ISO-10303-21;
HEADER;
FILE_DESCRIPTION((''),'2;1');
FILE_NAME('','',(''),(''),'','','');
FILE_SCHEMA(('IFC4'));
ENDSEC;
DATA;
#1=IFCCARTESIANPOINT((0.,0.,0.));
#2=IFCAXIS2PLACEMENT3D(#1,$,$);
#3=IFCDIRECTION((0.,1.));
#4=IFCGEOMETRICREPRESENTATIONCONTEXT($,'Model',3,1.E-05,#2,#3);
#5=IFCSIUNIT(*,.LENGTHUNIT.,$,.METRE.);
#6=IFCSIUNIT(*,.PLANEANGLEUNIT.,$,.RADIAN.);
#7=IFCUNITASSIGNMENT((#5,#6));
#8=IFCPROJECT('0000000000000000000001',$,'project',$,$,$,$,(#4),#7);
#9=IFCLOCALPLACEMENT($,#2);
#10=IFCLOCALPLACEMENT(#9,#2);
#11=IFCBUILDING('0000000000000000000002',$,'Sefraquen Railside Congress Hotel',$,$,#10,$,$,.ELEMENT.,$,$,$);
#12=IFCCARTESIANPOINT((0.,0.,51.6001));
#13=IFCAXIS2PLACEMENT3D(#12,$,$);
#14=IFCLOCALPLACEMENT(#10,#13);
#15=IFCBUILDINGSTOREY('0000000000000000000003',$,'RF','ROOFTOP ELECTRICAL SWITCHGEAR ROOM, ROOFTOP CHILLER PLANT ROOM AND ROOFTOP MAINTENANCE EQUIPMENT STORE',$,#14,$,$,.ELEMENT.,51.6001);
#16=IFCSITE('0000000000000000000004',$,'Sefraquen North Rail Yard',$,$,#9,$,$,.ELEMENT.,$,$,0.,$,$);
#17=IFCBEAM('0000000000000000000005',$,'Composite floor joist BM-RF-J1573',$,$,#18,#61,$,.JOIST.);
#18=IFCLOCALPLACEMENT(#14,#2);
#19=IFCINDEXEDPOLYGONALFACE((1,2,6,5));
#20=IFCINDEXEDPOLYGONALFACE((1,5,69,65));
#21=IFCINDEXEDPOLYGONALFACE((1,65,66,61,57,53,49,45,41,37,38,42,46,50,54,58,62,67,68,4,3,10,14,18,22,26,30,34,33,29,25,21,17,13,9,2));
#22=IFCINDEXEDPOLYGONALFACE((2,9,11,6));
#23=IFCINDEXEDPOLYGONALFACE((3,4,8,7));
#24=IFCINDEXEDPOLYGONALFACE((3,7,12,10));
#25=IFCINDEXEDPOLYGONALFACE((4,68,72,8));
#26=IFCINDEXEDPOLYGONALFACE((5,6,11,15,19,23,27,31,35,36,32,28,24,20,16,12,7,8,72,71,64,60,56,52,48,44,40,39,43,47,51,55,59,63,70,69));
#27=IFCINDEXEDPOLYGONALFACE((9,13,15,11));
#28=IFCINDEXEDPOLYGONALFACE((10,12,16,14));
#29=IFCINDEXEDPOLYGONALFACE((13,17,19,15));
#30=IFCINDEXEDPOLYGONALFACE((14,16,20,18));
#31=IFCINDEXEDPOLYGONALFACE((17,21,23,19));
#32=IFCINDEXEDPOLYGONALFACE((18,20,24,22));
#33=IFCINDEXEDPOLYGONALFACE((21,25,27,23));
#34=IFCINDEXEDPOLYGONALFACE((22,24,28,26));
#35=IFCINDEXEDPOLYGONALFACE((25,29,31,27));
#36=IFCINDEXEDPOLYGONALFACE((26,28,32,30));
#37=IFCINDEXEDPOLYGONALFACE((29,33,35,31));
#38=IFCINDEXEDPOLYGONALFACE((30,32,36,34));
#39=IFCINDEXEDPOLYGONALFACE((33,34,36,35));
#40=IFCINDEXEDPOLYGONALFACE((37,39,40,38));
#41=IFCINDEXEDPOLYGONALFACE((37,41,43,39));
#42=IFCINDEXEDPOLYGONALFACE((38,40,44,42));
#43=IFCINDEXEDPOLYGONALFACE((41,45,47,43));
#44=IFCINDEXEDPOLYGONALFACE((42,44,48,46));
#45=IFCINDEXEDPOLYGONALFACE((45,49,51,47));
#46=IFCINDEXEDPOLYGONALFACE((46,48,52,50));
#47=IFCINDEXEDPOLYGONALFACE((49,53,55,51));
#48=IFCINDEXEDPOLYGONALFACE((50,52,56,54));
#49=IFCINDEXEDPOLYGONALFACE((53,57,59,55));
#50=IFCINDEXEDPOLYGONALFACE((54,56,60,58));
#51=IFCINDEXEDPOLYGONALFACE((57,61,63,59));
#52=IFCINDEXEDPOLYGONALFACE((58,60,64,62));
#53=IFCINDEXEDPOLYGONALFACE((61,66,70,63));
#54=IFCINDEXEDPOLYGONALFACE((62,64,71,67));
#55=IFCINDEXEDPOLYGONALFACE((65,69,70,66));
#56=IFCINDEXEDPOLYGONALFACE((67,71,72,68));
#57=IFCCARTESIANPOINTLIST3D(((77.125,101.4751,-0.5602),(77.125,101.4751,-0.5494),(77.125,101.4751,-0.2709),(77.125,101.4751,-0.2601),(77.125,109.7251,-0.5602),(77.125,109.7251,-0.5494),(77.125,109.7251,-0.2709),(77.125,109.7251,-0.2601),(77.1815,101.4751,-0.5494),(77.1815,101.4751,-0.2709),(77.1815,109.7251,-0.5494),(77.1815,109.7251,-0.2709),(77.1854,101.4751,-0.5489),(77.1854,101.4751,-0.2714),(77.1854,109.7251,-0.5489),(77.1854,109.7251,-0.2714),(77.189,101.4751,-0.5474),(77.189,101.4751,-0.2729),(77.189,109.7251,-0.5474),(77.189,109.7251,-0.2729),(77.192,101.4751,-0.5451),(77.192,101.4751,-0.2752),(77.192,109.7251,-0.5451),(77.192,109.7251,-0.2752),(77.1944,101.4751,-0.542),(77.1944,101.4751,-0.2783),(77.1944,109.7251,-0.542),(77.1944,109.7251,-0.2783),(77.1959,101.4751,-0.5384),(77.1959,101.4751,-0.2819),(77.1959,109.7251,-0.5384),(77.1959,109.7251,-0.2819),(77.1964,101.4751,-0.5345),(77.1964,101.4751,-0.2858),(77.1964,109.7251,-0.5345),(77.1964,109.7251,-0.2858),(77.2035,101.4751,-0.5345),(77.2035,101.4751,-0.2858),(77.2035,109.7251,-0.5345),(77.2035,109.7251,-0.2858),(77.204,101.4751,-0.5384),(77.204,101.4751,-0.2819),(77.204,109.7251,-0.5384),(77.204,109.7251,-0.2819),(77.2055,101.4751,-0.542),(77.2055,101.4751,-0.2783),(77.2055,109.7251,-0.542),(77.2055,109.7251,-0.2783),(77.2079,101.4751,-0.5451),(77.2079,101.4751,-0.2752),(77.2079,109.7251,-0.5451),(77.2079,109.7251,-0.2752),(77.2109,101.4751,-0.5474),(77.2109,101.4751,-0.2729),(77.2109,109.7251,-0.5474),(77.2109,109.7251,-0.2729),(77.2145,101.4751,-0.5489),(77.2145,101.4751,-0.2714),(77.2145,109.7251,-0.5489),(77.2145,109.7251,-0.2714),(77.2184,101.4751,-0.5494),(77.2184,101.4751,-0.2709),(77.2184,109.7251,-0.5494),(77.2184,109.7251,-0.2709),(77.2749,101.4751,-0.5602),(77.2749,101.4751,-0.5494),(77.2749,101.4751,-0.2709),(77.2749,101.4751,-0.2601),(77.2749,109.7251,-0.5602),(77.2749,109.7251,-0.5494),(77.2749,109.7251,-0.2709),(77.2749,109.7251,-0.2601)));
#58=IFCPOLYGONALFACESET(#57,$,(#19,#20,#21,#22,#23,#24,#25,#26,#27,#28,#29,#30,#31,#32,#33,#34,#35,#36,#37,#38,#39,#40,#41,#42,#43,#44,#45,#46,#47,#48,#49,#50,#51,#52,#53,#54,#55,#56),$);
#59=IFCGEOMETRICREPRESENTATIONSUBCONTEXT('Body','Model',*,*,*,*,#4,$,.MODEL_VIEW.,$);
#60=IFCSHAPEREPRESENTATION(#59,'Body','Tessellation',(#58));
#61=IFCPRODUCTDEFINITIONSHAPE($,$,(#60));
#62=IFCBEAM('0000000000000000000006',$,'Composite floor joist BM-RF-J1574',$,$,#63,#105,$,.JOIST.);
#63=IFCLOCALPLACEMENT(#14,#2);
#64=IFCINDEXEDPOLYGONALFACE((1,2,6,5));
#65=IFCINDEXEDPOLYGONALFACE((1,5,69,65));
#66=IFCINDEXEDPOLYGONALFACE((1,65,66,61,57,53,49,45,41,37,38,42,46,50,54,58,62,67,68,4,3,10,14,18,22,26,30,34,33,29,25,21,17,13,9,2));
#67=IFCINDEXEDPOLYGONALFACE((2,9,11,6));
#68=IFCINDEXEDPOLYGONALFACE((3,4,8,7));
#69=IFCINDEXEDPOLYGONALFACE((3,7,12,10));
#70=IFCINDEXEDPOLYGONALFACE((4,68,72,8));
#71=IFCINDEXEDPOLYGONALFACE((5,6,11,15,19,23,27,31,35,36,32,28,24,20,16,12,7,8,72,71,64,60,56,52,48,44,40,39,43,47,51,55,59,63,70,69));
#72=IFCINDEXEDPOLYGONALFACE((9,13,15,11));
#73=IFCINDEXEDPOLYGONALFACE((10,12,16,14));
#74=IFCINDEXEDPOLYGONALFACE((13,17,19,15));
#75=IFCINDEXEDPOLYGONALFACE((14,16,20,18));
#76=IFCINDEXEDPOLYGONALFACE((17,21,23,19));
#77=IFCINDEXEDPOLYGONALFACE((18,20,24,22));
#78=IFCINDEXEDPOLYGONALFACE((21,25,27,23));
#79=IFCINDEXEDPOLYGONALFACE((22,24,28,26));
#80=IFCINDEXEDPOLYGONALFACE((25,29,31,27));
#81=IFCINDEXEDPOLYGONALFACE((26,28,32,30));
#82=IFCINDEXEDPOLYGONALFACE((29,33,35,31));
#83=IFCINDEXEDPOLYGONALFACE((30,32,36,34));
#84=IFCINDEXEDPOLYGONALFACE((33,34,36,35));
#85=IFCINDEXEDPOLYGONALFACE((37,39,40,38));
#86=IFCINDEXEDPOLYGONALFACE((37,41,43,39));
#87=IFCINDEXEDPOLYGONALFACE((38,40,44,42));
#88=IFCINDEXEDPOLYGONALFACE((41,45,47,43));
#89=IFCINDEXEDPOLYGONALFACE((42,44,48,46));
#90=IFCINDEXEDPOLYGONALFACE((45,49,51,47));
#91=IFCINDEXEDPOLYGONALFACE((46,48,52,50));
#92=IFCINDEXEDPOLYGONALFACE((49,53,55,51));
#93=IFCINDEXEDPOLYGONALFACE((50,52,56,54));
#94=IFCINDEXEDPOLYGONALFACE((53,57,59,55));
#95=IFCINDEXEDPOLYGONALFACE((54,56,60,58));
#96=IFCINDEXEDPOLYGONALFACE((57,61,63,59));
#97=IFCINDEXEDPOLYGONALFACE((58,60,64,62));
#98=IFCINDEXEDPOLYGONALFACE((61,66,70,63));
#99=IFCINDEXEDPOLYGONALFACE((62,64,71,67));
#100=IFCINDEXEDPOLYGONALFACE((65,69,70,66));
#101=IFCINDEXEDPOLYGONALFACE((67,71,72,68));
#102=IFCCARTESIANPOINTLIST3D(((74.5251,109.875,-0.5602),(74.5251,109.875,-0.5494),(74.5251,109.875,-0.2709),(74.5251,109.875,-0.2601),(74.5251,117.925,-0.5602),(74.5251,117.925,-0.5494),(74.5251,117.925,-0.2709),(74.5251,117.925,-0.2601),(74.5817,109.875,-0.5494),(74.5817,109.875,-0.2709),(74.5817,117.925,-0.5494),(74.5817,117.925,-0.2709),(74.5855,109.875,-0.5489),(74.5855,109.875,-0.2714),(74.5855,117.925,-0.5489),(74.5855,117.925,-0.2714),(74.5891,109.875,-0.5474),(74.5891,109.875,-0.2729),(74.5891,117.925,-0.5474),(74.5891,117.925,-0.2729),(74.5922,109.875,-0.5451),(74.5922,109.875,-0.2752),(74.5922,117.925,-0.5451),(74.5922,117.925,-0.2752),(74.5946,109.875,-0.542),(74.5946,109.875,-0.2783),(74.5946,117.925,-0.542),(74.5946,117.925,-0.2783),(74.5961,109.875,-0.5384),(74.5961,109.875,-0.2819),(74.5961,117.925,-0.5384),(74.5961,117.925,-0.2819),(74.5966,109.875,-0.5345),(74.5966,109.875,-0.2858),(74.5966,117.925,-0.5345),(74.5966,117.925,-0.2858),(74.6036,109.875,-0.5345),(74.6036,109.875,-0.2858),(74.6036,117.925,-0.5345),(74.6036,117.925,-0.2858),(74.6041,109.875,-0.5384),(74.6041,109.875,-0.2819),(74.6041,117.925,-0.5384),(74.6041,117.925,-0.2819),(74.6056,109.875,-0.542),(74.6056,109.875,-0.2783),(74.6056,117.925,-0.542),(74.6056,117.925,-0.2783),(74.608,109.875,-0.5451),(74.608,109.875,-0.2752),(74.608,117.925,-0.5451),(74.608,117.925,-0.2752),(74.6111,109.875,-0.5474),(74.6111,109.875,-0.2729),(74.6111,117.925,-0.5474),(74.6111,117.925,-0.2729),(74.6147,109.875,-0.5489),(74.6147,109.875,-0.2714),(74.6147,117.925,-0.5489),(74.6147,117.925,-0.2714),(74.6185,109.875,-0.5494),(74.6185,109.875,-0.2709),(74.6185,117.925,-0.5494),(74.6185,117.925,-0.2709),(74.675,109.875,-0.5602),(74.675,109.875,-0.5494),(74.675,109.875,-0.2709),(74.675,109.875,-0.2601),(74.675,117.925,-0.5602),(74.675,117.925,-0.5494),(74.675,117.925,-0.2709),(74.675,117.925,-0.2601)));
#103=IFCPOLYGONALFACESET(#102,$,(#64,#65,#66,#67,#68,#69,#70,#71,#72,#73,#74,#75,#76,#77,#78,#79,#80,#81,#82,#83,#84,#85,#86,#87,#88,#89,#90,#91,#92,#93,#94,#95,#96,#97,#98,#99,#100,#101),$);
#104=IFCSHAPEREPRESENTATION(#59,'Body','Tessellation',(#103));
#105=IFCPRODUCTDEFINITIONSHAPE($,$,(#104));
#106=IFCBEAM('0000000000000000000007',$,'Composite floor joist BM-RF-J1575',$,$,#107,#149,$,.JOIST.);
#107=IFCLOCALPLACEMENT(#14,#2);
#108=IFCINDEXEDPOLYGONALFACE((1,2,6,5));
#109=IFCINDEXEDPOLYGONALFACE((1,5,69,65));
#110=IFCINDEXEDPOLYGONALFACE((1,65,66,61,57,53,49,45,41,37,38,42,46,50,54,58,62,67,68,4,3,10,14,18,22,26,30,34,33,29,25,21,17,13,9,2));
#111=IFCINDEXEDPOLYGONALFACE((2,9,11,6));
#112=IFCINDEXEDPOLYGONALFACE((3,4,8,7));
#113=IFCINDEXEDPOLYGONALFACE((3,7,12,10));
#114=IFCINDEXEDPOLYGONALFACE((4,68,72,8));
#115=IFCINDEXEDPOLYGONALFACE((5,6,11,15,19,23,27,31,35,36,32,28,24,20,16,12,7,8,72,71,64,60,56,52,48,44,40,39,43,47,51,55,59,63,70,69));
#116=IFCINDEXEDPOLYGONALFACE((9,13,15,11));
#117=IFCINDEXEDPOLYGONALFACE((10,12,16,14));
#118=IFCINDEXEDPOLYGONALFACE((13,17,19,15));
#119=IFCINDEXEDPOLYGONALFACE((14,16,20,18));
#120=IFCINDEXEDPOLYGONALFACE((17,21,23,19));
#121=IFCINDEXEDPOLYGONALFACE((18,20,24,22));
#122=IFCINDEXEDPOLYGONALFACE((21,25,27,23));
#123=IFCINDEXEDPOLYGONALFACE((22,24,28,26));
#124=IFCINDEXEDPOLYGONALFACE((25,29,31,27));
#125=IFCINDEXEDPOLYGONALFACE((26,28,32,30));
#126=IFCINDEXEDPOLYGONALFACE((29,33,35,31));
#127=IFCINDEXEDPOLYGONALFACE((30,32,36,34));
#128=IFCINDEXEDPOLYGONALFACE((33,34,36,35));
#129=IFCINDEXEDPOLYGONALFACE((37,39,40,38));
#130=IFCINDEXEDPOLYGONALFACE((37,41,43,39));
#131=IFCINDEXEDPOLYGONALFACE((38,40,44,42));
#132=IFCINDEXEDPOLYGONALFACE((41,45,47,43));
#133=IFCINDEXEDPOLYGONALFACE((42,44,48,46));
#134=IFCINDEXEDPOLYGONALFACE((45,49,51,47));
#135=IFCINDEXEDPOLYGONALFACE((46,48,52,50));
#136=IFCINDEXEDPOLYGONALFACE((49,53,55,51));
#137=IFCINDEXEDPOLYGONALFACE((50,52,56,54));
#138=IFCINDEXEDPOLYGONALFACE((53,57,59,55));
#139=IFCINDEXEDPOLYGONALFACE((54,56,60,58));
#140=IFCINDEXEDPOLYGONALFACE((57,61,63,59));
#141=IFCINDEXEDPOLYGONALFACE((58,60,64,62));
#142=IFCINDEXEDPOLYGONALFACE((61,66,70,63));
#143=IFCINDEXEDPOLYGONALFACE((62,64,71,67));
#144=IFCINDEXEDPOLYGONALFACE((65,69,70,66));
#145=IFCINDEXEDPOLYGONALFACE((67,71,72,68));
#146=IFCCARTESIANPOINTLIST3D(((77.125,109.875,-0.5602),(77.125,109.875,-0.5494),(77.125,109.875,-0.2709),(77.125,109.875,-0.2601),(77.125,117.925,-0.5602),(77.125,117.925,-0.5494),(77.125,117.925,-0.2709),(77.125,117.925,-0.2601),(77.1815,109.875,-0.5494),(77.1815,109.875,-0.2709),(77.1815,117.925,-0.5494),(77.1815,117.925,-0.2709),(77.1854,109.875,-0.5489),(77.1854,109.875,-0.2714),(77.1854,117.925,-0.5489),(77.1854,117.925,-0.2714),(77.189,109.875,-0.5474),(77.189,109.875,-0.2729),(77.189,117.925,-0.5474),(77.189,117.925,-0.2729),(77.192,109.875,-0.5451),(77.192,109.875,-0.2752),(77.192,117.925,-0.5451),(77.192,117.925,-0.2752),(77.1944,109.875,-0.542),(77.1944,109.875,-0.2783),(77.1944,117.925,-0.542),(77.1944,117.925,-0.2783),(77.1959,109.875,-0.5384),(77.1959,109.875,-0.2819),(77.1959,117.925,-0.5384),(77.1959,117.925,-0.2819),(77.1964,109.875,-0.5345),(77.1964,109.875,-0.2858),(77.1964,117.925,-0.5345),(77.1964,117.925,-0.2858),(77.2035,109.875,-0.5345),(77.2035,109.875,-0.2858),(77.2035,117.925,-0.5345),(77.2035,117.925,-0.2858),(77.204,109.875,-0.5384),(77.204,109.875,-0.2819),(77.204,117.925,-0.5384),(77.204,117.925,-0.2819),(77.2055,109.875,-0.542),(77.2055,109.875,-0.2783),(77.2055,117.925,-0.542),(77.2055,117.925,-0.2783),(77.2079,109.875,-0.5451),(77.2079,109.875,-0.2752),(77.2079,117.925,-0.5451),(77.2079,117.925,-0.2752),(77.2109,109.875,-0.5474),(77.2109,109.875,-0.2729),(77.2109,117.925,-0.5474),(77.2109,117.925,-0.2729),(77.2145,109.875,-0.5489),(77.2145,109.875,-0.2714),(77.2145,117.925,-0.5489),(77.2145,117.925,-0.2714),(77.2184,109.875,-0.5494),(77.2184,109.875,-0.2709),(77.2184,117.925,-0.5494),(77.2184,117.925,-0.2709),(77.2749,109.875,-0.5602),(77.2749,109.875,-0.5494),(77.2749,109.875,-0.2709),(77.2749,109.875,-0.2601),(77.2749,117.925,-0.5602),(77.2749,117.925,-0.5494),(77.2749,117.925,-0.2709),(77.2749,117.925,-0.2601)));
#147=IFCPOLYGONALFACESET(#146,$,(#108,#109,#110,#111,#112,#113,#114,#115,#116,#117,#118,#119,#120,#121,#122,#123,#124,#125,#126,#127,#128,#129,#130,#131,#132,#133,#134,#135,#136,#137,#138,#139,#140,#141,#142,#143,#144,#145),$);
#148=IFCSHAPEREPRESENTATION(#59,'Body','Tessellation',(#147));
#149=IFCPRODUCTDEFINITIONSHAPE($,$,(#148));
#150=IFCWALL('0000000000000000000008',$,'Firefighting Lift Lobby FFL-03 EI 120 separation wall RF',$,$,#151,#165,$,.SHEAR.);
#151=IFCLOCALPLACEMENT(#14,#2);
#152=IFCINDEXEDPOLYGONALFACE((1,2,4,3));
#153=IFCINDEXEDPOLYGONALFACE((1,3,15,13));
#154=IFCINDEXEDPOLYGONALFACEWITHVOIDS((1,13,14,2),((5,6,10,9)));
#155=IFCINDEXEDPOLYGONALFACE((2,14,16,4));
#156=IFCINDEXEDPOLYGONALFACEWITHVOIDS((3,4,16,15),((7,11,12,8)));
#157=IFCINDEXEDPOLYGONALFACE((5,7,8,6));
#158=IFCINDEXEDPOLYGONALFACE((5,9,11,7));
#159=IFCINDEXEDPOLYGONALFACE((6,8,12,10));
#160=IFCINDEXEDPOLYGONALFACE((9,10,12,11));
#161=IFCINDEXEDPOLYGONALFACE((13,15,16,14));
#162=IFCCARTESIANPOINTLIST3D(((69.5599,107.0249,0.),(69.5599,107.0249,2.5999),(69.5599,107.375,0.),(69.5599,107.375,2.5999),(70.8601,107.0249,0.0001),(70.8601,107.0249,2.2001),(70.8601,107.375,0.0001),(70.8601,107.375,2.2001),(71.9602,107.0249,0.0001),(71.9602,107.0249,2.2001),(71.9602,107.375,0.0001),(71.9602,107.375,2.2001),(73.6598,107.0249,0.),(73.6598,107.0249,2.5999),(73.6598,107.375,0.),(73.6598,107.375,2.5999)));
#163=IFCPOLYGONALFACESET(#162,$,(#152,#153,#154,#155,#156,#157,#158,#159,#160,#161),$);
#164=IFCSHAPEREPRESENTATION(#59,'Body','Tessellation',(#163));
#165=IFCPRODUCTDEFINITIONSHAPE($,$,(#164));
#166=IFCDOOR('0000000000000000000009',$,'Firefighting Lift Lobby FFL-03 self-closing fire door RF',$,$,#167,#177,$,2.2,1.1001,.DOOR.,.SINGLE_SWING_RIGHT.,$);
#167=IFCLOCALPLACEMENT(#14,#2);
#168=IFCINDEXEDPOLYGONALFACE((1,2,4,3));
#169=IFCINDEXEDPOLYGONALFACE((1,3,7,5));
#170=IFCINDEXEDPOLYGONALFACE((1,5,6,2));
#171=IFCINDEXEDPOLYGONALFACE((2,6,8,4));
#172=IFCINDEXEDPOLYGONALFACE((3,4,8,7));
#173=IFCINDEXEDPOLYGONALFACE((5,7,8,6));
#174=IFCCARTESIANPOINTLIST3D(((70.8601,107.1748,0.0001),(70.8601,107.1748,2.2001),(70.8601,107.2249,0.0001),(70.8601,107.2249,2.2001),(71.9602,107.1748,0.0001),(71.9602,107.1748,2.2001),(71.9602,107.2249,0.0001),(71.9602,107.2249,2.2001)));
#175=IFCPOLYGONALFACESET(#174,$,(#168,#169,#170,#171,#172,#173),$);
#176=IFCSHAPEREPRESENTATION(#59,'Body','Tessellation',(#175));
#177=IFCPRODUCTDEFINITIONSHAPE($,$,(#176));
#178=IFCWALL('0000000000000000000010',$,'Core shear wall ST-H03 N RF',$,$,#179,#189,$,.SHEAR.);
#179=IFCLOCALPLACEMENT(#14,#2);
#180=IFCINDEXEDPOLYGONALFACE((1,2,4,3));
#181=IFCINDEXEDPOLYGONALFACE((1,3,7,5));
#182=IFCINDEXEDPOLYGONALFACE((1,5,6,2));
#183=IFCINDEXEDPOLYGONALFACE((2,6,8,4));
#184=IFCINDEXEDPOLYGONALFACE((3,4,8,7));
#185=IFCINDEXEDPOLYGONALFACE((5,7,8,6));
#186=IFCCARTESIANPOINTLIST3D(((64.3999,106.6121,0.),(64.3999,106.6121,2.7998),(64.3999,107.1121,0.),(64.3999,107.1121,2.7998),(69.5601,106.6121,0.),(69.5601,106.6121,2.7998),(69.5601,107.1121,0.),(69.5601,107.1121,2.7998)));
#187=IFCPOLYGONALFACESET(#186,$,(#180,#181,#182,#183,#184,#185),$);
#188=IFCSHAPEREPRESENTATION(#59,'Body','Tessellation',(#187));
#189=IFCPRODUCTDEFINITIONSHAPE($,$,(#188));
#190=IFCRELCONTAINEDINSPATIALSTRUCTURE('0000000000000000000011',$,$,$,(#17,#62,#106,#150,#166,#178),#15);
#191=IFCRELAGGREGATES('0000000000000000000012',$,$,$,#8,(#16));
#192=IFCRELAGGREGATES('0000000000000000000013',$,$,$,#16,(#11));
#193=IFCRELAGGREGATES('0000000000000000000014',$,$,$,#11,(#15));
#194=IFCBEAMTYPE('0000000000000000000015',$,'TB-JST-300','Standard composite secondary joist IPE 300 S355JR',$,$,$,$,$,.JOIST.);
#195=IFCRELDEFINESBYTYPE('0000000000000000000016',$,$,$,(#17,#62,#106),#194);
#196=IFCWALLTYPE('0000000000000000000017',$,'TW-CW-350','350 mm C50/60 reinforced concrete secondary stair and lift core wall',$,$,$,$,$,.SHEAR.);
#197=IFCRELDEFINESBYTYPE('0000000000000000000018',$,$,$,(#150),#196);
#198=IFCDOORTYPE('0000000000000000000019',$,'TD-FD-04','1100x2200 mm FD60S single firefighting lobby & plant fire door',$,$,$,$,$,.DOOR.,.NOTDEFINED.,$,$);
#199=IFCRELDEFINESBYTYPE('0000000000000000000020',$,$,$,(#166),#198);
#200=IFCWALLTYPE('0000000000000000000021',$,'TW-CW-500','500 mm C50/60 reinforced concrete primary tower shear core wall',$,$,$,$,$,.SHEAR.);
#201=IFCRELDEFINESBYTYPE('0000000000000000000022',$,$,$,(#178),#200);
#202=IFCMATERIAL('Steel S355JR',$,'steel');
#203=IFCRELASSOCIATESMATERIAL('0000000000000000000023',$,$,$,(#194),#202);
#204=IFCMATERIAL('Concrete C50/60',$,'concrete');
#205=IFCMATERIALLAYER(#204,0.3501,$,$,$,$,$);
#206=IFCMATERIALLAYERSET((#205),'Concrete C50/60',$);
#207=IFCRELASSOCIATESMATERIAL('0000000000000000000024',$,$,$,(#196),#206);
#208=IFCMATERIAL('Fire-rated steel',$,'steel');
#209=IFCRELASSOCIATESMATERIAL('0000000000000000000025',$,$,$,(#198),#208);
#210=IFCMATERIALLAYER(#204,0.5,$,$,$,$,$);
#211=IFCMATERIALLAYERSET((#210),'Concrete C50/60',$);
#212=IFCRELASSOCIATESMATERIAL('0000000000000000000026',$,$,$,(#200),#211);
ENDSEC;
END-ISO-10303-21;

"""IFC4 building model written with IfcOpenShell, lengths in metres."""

from ifc_helpers import new_model, si_unit, direction, frame, frame_2d, origin, origin_2d, place, context, subcontext, project, spatial, rectangle, i_section, extrude, material, layer, layer_set, material_profile, profile_set, type_object, element, fill, save


model = new_model("IFC4")

# Units and contexts
model_context = context("Model", 3, precision=1e-05, world=origin(), true_north=direction((0.0, 1.0)))
body_context = subcontext(model_context, "Body", "Model", "MODEL_VIEW")
ifc_project = project(units=[si_unit("LENGTHUNIT", "METRE"), si_unit("PLANEANGLEUNIT", "RADIAN")], contexts=[model_context])

# Site, building, storey
site_placement = place(None, origin())
site = spatial("IfcSite", under=ifc_project, at=site_placement, Name="Sefraquen North Rail Yard", CompositionType="ELEMENT", RefElevation=0.0)
building_placement = place(site_placement, origin())
building = spatial("IfcBuilding", under=site, at=building_placement, Name="Sefraquen Railside Congress Hotel", CompositionType="ELEMENT")
storey_placement = place(building_placement, frame((0.0, 0.0, 51.6001)))
storey = spatial("IfcBuildingStorey", under=building, at=storey_placement, Name="RF", Description="ROOFTOP ELECTRICAL SWITCHGEAR ROOM, ROOFTOP CHILLER PLANT ROOM AND ROOFTOP MAINTENANCE EQUIPMENT STORE", CompositionType="ELEMENT", Elevation=51.6001)

# Beams
ifc_material_1 = material(Name="Steel S355JR", Category="steel")
ifc_material_profile_1 = material_profile(ifc_material_1, i_section(OverallWidth=0.1499, OverallDepth=0.3, WebThickness=0.0071, FlangeThickness=0.0107, FilletRadius=0.0149, at=origin_2d()), Name="IPE 300")
ifc_profile_set_1 = profile_set([ifc_material_profile_1], Name="Steel S355JR")
beam_type_1 = type_object("IfcBeamType", Name="TB-JST-300", Description="Standard composite secondary joist IPE 300 S355JR", PredefinedType="JOIST", material=ifc_profile_set_1)
for number, where, z_axis, x_axis, name in (
    (1, (77.2, 101.4751, -0.4102), (0.0, 1.0, 0.0), (-1.0, 0.0, 0.0), "Composite floor joist BM-RF-J1573"),
):
    element("IfcBeam", number, at=place(storey_placement, frame(where, z_axis=z_axis, x_axis=x_axis)), inside=storey, type_object=beam_type_1, Name=name, PredefinedType="JOIST", context=body_context, shape_type="SweptSolid", body=[
        extrude(i_section(OverallWidth=0.1499, OverallDepth=0.3, WebThickness=0.0071, FlangeThickness=0.0107, FilletRadius=0.0149, at=origin_2d()), origin(), (0.0, 0.0, 1.0), 8.25),
    ])
for number, where, z_axis, x_axis, name in (
    (2, (74.6001, 109.875, -0.4102), (0.0, 1.0, 0.0), (-1.0, 0.0, 0.0), "Composite floor joist BM-RF-J1574"),
    (3, (77.2, 109.875, -0.4102), (0.0, 1.0, 0.0), (-1.0, 0.0, 0.0), "Composite floor joist BM-RF-J1575"),
):
    element("IfcBeam", number, at=place(storey_placement, frame(where, z_axis=z_axis, x_axis=x_axis)), inside=storey, type_object=beam_type_1, Name=name, PredefinedType="JOIST", context=body_context, shape_type="SweptSolid", body=[
        extrude(i_section(OverallWidth=0.1499, OverallDepth=0.3, WebThickness=0.0071, FlangeThickness=0.0107, FilletRadius=0.0149, at=origin_2d()), origin(), (0.0, 0.0, 1.0), 8.05),
    ])

# Wall, opening, door
ifc_material_2 = material(Name="Concrete C50/60", Category="concrete")
ifc_layer_1 = layer(ifc_material_2, 0.3501)
ifc_layer_set_1 = layer_set([ifc_layer_1], Name="Concrete C50/60")
wall_type_1 = type_object("IfcWallType", Name="TW-CW-350", Description="350 mm C50/60 reinforced concrete secondary stair and lift core wall", PredefinedType="SHEAR", material=ifc_layer_set_1)
wall_1_placement = place(storey_placement, frame((69.5601, 107.2, 0.0), z_axis=(0.0, 0.0, 1.0), x_axis=(1.0, 0.0, 0.0)))
wall_1 = element("IfcWall", 4, at=wall_1_placement, inside=storey, type_object=wall_type_1, Name="Firefighting Lift Lobby FFL-03 EI 120 separation wall RF", PredefinedType="SHEAR", context=body_context, shape_type="SweptSolid", body=[
    extrude(rectangle(XDim=4.0999, YDim=0.3501, at=frame_2d((2.0498, 0.0))), origin(), (0.0, 0.0, 1.0), 2.5999),
])
opening_placement = place(wall_1_placement, frame((1.3, 0.0, 0.0)))
opening = element("IfcOpeningElement", 5, at=opening_placement, cuts=wall_1, PredefinedType="OPENING", context=body_context, shape_type="SweptSolid", body=[
    extrude(rectangle(XDim=1.1001, YDim=2.2, at=frame_2d((0.55, 1.1001))), frame((0.0, 0.1851, 0.0), z_axis=(0.0, -1.0, 0.0), x_axis=(1.0, 0.0, 0.0)), (0.0, 0.0, 1.0), 0.3701),
])
ifc_material_3 = material(Name="Fire-rated steel", Category="steel")
door_type = type_object("IfcDoorType", Name="TD-FD-04", Description="1100x2200 mm FD60S single firefighting lobby & plant fire door", OperationType="NOTDEFINED", PredefinedType="DOOR", material=ifc_material_3)
door_placement = place(opening_placement, origin())
door = element("IfcDoor", 6, at=door_placement, inside=storey, type_object=door_type, Name="Firefighting Lift Lobby FFL-03 self-closing fire door RF", OperationType="SINGLE_SWING_RIGHT", OverallHeight=2.2, OverallWidth=1.1001, PredefinedType="DOOR", context=body_context, shape_type="SweptSolid", body=[
    extrude(rectangle(XDim=1.1001, YDim=2.2, at=frame_2d((0.55, 1.1001))), frame((0.0, 0.0249, 0.0), z_axis=(0.0, -1.0, 0.0), x_axis=(1.0, 0.0, 0.0)), (0.0, 0.0, 1.0), 0.05),
])
fill(opening, door)

# Wall
ifc_layer_2 = layer(ifc_material_2, 0.5)
ifc_layer_set_2 = layer_set([ifc_layer_2], Name="Concrete C50/60")
wall_type_2 = type_object("IfcWallType", Name="TW-CW-500", Description="500 mm C50/60 reinforced concrete primary tower shear core wall", PredefinedType="SHEAR", material=ifc_layer_set_2)
wall_2_placement = place(storey_placement, frame((64.3999, 106.8621, 0.0), z_axis=(0.0, 0.0, 1.0), x_axis=(1.0, 0.0, 0.0)))
element("IfcWall", 7, at=wall_2_placement, inside=storey, type_object=wall_type_2, Name="Core shear wall ST-H03 N RF", PredefinedType="SHEAR", context=body_context, shape_type="SweptSolid", body=[
    extrude(rectangle(XDim=5.1602, YDim=0.5, at=frame_2d((2.5801, 0.0))), origin(), (0.0, 0.0, 1.0), 2.7998),
])

save(model, "model.ifc")
